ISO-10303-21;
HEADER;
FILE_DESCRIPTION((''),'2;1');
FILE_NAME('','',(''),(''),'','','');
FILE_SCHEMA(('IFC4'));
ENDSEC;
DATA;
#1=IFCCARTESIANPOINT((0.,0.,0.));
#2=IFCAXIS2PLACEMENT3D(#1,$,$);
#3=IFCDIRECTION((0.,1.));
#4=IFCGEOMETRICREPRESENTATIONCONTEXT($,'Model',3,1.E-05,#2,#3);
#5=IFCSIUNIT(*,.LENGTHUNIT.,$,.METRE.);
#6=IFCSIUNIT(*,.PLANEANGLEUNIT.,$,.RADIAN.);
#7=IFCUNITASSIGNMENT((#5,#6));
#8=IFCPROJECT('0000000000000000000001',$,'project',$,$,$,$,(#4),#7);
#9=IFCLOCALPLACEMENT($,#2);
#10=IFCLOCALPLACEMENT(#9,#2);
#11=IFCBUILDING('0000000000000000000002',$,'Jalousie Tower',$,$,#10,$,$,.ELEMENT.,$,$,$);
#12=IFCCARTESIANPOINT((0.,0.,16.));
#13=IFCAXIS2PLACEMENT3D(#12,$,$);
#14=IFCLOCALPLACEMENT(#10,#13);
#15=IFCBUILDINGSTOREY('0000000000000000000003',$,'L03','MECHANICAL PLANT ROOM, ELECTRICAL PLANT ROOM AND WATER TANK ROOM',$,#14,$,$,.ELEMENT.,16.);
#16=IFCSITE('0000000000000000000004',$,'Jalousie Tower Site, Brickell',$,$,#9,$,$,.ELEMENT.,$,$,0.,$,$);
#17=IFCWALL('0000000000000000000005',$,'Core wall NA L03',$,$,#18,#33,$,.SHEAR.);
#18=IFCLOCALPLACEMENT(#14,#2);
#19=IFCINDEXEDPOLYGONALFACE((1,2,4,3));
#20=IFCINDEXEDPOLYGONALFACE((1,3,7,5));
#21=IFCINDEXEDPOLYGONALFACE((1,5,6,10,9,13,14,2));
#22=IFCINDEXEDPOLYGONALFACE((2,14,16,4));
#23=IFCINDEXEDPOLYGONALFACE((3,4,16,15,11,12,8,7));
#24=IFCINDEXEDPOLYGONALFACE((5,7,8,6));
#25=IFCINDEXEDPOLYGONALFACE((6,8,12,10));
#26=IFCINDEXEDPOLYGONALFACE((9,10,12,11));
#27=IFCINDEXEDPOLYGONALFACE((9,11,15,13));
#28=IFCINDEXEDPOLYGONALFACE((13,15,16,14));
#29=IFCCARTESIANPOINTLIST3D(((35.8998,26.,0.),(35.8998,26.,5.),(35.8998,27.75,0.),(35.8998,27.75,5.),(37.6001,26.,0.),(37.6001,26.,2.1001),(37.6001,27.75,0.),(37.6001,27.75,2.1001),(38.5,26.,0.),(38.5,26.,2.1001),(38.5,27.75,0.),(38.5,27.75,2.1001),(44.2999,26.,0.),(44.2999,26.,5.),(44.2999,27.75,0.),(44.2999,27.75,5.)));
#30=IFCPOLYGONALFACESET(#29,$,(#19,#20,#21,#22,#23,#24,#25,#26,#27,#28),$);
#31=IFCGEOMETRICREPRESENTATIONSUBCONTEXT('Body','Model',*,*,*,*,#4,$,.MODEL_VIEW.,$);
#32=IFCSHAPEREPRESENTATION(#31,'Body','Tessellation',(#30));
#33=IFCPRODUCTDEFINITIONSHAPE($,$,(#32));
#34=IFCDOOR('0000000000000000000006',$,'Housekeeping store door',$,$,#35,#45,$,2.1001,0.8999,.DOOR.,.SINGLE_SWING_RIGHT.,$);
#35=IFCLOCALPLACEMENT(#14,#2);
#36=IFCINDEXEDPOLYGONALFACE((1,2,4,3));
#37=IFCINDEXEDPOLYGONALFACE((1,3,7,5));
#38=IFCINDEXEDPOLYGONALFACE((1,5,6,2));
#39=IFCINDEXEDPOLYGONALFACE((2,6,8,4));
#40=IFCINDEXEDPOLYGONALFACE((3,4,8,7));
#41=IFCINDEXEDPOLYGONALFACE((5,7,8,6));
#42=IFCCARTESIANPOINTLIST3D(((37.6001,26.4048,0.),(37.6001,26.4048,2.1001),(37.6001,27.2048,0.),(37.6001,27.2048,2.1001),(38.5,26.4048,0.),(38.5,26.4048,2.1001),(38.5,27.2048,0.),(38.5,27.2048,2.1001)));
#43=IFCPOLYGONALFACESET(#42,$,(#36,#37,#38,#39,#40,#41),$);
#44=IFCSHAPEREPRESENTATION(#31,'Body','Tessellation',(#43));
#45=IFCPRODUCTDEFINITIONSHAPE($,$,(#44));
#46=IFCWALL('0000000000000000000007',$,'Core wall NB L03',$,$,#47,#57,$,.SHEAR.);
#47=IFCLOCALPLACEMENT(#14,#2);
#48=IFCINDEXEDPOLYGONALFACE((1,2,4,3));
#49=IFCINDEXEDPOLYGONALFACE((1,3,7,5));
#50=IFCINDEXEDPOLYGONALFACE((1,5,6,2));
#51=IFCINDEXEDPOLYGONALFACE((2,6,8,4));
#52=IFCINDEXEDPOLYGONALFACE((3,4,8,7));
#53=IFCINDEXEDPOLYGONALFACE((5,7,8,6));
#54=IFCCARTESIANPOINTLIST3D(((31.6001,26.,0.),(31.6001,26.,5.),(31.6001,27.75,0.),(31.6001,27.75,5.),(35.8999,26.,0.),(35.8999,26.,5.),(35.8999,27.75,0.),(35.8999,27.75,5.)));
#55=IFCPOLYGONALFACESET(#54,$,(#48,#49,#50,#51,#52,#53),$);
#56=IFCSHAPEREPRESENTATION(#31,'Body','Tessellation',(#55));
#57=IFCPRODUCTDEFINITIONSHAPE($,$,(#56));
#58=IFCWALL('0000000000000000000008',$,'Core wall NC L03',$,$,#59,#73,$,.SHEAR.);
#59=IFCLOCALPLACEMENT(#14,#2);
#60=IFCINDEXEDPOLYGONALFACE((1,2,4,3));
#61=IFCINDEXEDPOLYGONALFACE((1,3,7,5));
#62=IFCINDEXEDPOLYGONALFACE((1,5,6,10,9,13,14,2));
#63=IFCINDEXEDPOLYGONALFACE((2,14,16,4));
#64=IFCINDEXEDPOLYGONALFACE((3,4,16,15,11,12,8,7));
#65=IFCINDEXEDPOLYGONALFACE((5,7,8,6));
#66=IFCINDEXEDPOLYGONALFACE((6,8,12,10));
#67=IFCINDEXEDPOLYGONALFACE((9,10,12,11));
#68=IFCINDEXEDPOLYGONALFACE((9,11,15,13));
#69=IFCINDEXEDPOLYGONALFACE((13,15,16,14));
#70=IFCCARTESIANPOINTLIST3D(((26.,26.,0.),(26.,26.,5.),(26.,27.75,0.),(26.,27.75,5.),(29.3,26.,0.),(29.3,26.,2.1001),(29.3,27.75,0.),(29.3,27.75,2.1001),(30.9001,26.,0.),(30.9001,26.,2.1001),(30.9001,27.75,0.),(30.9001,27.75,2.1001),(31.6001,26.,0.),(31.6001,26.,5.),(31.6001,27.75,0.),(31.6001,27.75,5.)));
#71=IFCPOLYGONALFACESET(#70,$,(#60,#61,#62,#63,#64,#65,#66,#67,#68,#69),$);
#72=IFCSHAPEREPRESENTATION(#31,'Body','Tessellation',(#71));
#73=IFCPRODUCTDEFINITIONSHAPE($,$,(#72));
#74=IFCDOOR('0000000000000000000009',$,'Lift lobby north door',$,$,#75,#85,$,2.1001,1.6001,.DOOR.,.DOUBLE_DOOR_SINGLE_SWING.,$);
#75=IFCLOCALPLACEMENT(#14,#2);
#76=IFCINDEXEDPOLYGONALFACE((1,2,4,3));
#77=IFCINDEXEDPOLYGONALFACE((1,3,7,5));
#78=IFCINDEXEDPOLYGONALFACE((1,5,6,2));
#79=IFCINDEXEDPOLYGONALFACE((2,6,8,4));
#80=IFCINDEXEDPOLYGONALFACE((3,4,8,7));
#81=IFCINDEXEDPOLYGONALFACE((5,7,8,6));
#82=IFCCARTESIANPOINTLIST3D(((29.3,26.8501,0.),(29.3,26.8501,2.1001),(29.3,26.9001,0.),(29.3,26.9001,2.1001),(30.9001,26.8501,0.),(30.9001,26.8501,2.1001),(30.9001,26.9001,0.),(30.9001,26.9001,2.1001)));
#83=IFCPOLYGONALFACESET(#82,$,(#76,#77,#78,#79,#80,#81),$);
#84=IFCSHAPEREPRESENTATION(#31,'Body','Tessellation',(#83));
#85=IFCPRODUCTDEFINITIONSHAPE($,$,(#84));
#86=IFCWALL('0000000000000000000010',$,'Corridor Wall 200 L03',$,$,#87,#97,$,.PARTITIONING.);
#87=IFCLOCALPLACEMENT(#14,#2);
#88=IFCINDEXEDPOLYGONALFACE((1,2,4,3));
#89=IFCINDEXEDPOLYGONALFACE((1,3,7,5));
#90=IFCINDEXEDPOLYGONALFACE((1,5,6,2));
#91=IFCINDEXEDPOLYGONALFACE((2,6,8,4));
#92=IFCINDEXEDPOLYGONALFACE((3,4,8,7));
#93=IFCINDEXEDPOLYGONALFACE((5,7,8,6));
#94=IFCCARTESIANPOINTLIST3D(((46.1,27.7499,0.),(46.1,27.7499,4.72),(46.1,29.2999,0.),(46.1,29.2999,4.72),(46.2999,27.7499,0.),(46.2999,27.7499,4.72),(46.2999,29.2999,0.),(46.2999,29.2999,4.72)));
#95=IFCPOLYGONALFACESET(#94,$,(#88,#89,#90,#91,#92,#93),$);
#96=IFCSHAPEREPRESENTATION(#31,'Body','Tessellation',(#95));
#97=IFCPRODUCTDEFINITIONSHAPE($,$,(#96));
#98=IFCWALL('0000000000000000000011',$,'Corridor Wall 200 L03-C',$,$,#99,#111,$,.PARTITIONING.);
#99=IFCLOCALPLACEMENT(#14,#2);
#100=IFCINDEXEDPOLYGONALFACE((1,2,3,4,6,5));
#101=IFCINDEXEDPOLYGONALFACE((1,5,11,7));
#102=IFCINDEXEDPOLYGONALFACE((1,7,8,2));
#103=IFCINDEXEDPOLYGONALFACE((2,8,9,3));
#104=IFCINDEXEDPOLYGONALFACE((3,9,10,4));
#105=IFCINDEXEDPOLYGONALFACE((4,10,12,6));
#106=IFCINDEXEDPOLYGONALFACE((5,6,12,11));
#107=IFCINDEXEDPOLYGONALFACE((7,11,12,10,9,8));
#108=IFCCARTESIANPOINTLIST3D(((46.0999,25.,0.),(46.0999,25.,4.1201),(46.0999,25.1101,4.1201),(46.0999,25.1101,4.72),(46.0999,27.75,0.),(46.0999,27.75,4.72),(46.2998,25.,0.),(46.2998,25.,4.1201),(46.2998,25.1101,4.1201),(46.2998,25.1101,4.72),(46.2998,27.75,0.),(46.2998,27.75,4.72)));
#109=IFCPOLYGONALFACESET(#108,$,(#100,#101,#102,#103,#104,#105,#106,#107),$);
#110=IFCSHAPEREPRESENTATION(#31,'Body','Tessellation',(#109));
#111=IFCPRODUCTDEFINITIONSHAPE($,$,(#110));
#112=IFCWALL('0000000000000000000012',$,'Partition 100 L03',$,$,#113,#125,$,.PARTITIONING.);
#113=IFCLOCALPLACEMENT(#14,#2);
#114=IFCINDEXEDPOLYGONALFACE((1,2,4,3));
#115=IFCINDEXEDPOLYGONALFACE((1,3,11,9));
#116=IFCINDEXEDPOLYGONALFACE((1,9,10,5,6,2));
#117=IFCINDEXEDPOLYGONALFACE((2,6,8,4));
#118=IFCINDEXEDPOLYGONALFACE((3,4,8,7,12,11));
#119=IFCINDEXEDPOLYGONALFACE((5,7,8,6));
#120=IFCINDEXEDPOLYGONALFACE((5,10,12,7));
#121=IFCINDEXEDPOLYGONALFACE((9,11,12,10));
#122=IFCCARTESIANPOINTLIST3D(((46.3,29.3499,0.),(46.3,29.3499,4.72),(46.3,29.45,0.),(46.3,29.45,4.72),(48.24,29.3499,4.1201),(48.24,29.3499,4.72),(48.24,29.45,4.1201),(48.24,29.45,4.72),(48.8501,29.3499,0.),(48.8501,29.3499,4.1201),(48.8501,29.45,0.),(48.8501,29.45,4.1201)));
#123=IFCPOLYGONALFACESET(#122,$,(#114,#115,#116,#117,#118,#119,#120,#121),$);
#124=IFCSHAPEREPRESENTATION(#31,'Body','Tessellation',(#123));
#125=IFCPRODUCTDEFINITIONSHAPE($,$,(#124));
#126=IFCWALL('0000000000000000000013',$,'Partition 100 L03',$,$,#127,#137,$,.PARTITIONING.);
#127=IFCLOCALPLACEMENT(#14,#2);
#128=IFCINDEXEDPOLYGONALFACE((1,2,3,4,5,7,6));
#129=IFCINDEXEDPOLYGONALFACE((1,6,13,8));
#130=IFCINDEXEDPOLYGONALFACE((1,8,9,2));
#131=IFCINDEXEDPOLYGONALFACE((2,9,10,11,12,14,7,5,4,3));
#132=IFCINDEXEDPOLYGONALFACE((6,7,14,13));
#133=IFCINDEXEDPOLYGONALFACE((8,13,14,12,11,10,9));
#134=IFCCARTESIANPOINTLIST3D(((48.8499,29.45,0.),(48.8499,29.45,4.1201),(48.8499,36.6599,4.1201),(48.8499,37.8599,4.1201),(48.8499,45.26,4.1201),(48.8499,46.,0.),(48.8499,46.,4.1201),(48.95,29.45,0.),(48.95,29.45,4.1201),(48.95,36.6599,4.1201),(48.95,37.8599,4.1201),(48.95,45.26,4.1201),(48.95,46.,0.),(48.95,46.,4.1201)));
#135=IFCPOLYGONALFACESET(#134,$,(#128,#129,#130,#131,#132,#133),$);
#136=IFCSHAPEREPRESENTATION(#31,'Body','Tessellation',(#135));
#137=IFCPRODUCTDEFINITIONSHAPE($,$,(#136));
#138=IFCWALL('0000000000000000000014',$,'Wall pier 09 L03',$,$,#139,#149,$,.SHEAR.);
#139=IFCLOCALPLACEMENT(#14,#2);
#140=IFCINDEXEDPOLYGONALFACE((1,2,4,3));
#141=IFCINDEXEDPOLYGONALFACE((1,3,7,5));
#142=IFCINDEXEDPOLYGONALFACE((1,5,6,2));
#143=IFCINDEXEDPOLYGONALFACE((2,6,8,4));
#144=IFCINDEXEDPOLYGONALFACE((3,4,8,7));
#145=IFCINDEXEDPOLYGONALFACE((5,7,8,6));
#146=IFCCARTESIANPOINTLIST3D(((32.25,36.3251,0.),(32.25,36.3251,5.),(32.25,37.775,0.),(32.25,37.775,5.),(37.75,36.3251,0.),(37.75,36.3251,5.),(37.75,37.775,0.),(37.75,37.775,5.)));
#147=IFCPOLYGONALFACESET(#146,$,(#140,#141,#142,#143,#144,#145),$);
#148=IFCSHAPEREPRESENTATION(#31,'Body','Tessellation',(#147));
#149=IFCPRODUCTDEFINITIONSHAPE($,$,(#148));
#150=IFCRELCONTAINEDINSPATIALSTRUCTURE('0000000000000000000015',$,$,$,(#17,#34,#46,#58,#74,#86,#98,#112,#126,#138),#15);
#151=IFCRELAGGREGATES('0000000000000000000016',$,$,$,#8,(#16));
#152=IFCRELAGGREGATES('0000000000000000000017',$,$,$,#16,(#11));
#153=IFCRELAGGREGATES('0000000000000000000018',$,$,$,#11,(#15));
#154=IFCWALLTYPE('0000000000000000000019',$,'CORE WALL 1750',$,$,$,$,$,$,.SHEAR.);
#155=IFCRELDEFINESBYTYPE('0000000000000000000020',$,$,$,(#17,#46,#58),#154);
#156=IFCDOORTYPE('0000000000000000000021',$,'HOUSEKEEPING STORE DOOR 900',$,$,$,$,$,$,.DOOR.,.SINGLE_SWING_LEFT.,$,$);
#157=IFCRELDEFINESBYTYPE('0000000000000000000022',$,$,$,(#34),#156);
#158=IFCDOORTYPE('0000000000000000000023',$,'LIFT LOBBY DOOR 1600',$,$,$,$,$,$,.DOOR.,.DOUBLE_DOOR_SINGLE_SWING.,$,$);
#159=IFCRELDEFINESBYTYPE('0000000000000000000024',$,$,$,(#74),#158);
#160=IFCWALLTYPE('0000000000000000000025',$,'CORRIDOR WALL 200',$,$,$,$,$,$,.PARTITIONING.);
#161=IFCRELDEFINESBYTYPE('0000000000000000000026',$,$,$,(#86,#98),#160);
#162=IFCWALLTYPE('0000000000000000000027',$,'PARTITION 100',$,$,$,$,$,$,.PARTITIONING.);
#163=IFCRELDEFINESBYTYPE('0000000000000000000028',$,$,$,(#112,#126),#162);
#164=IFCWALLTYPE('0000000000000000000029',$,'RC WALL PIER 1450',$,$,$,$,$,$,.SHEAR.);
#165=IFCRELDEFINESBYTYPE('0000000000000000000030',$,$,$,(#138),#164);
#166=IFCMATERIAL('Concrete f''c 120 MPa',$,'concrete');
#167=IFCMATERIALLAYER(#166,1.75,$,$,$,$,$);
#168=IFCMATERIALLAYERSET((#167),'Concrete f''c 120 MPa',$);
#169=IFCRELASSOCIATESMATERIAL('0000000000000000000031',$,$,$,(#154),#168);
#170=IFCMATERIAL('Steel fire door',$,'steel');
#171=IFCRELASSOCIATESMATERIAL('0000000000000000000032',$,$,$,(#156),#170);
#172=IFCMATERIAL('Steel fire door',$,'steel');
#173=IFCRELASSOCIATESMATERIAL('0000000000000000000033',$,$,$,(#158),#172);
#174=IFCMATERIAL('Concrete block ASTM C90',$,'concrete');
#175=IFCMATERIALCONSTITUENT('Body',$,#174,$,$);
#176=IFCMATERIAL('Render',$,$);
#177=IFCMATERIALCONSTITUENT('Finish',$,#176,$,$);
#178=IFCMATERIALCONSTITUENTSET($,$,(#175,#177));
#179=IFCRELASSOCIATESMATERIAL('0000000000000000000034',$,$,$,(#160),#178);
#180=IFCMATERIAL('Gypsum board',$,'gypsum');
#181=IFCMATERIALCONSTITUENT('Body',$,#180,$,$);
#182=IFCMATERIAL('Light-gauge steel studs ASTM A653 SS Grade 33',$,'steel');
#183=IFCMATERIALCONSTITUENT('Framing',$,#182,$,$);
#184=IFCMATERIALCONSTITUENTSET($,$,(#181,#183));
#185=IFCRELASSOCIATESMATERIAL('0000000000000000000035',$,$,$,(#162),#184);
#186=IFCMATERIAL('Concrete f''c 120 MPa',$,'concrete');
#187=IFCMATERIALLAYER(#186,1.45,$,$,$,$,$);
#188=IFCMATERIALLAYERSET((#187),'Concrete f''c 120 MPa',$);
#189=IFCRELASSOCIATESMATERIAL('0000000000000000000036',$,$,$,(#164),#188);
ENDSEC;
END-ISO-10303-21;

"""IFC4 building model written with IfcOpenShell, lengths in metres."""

from ifc_helpers import new_model, si_unit, direction, frame, frame_2d, origin, place, context, subcontext, project, spatial, polyline, rectangle, outline, extrude, material, layer, layer_set, constituent, constituent_set, type_object, element, fill, save


model = new_model("IFC4")

# Units and contexts
model_context = context("Model", 3, precision=1e-05, world=origin(), true_north=direction((0.0, 1.0)))
body_context = subcontext(model_context, "Body", "Model", "MODEL_VIEW")
ifc_project = project(units=[si_unit("LENGTHUNIT", "METRE"), si_unit("PLANEANGLEUNIT", "RADIAN")], contexts=[model_context])

# Site, building, storey
site_placement = place(None, origin())
site = spatial("IfcSite", under=ifc_project, at=site_placement, Name="Jalousie Tower Site, Brickell", CompositionType="ELEMENT", RefElevation=0.0)
building_placement = place(site_placement, origin())
building = spatial("IfcBuilding", under=site, at=building_placement, Name="Jalousie Tower", CompositionType="ELEMENT")
storey_placement = place(building_placement, frame((0.0, 0.0, 16.0)))
storey = spatial("IfcBuildingStorey", under=building, at=storey_placement, Name="L03", Description="MECHANICAL PLANT ROOM, ELECTRICAL PLANT ROOM AND WATER TANK ROOM", CompositionType="ELEMENT", Elevation=16.0)

# Wall, opening, door
ifc_material_1 = material(Name="Concrete f'c 120 MPa", Category="concrete")
ifc_layer_1 = layer(ifc_material_1, 1.75)
ifc_layer_set_1 = layer_set([ifc_layer_1], Name="Concrete f'c 120 MPa")
wall_type_1 = type_object("IfcWallType", Name="CORE WALL 1750", PredefinedType="SHEAR", material=ifc_layer_set_1)
wall_1_placement = place(storey_placement, frame((44.3, 26.875, 0.0), z_axis=(0.0, 0.0, 1.0), x_axis=(-1.0, 0.0, 0.0)))
wall_1 = element("IfcWall", 1, at=wall_1_placement, inside=storey, type_object=wall_type_1, Name="Core wall NA L03", PredefinedType="SHEAR", context=body_context, shape_type="SweptSolid", body=[
    extrude(rectangle(XDim=8.4001, YDim=1.75, at=frame_2d((4.2002, 0.0))), origin(), (0.0, 0.0, 1.0), 5.0),
])
opening_1_placement = place(wall_1_placement, frame((5.8, 0.0, 0.0)))
opening_1 = element("IfcOpeningElement", 2, at=opening_1_placement, cuts=wall_1, PredefinedType="OPENING", context=body_context, shape_type="SweptSolid", body=[
    extrude(rectangle(XDim=0.8999, YDim=2.1001, at=frame_2d((0.45, 1.05))), frame((0.0, 0.885, 0.0), z_axis=(0.0, -1.0, 0.0), x_axis=(1.0, 0.0, 0.0)), (0.0, 0.0, 1.0), 1.77),
])
ifc_material_2 = material(Name="Steel fire door", Category="steel")
door_type_1 = type_object("IfcDoorType", Name="HOUSEKEEPING STORE DOOR 900", OperationType="SINGLE_SWING_LEFT", PredefinedType="DOOR", material=ifc_material_2)
door_1_placement = place(opening_1_placement, origin())
door_1 = element("IfcDoor", 3, at=door_1_placement, inside=storey, type_object=door_type_1, Name="Housekeeping store door", OperationType="SINGLE_SWING_RIGHT", OverallHeight=2.1001, OverallWidth=0.8999, PredefinedType="DOOR", context=body_context, shape_type="SweptSolid", body=[
    extrude(rectangle(XDim=0.8999, YDim=2.1001, at=frame_2d((0.45, 1.05))), frame((0.0, 0.4702, 0.0), z_axis=(0.0, -1.0, 0.0), x_axis=(1.0, 0.0, 0.0)), (0.0, 0.0, 1.0), 0.8),
])
fill(opening_1, door_1)

# Wall
wall_2_placement = place(storey_placement, frame((35.8999, 26.875, 0.0), z_axis=(0.0, 0.0, 1.0), x_axis=(-1.0, 0.0, 0.0)))
element("IfcWall", 4, at=wall_2_placement, inside=storey, type_object=wall_type_1, Name="Core wall NB L03", PredefinedType="SHEAR", context=body_context, shape_type="SweptSolid", body=[
    extrude(rectangle(XDim=4.2998, YDim=1.75, at=frame_2d((2.1499, 0.0))), origin(), (0.0, 0.0, 1.0), 5.0),
])

# Wall, opening, door
wall_3_placement = place(storey_placement, frame((31.6001, 26.875, 0.0), z_axis=(0.0, 0.0, 1.0), x_axis=(-1.0, 0.0, 0.0)))
wall_3 = element("IfcWall", 5, at=wall_3_placement, inside=storey, type_object=wall_type_1, Name="Core wall NC L03", PredefinedType="SHEAR", context=body_context, shape_type="SweptSolid", body=[
    extrude(rectangle(XDim=5.6001, YDim=1.75, at=frame_2d((2.8, 0.0))), origin(), (0.0, 0.0, 1.0), 5.0),
])
opening_2_placement = place(wall_3_placement, frame((0.7, 0.0, 0.0)))
opening_2 = element("IfcOpeningElement", 6, at=opening_2_placement, cuts=wall_3, PredefinedType="OPENING", context=body_context, shape_type="SweptSolid", body=[
    extrude(rectangle(XDim=1.6001, YDim=2.1001, at=frame_2d((0.8, 1.05))), frame((0.0, 0.885, 0.0), z_axis=(0.0, -1.0, 0.0), x_axis=(1.0, 0.0, 0.0)), (0.0, 0.0, 1.0), 1.77),
])
ifc_material_3 = material(Name="Steel fire door", Category="steel")
door_type_2 = type_object("IfcDoorType", Name="LIFT LOBBY DOOR 1600", OperationType="DOUBLE_DOOR_SINGLE_SWING", PredefinedType="DOOR", material=ifc_material_3)
door_2_placement = place(opening_2_placement, origin())
door_2 = element("IfcDoor", 7, at=door_2_placement, inside=storey, type_object=door_type_2, Name="Lift lobby north door", OperationType="DOUBLE_DOOR_SINGLE_SWING", OverallHeight=2.1001, OverallWidth=1.6001, PredefinedType="DOOR", context=body_context, shape_type="SweptSolid", body=[
    extrude(rectangle(XDim=1.6001, YDim=2.1001, at=frame_2d((0.8, 1.05))), frame((0.0, 0.0249, 0.0), z_axis=(0.0, -1.0, 0.0), x_axis=(1.0, 0.0, 0.0)), (0.0, 0.0, 1.0), 0.05),
])
fill(opening_2, door_2)

# Walls
ifc_material_4 = material(Name="Concrete block ASTM C90", Category="concrete")
ifc_constituent_1 = constituent(ifc_material_4, Name="Body")
ifc_material_5 = material(Name="Render")
ifc_constituent_2 = constituent(ifc_material_5, Name="Finish")
ifc_constituent_set_1 = constituent_set(constituents=[ifc_constituent_1, ifc_constituent_2])
wall_type_2 = type_object("IfcWallType", Name="CORRIDOR WALL 200", PredefinedType="PARTITIONING", material=ifc_constituent_set_1)
wall_4_placement = place(storey_placement, frame((46.2, 27.75, 0.0), z_axis=(0.0, 0.0, 1.0), x_axis=(0.0, 1.0, 0.0)))
element("IfcWall", 8, at=wall_4_placement, inside=storey, type_object=wall_type_2, Name="Corridor Wall 200 L03", PredefinedType="PARTITIONING", context=body_context, shape_type="SweptSolid", body=[
    extrude(rectangle(XDim=1.55, YDim=0.2, at=frame_2d((0.7749, 0.0))), origin(), (0.0, 0.0, 1.0), 4.72),
])
wall_5_placement = place(storey_placement, frame((46.2, 25.0, 0.0), z_axis=(0.0, 0.0, 1.0), x_axis=(0.0, 1.0, 0.0)))
element("IfcWall", 9, at=wall_5_placement, inside=storey, type_object=wall_type_2, Name="Corridor Wall 200 L03-C", PredefinedType="PARTITIONING", context=body_context, shape_type="SweptSolid", body=[
    extrude(outline(polyline([(0.0, 0.0), (2.75, 0.0), (2.75, 4.72), (0.1101, 4.72), (0.1101, 4.1201), (0.0, 4.1201), (0.0, 0.0)])), frame((0.0, 0.1001, 0.0), z_axis=(0.0, -1.0, 0.0), x_axis=(1.0, 0.0, 0.0)), (0.0, 0.0, 1.0), 0.2),
])
ifc_material_6 = material(Name="Gypsum board", Category="gypsum")
ifc_constituent_3 = constituent(ifc_material_6, Name="Body")
ifc_material_7 = material(Name="Light-gauge steel studs ASTM A653 SS Grade 33", Category="steel")
ifc_constituent_4 = constituent(ifc_material_7, Name="Framing")
ifc_constituent_set_2 = constituent_set(constituents=[ifc_constituent_3, ifc_constituent_4])
wall_type_3 = type_object("IfcWallType", Name="PARTITION 100", PredefinedType="PARTITIONING", material=ifc_constituent_set_2)
wall_6_placement = place(storey_placement, frame((46.3, 29.3999, 0.0), z_axis=(0.0, 0.0, 1.0), x_axis=(1.0, 0.0, 0.0)))
element("IfcWall", 10, at=wall_6_placement, inside=storey, type_object=wall_type_3, Name="Partition 100 L03", PredefinedType="PARTITIONING", context=body_context, shape_type="SweptSolid", body=[
    extrude(outline(polyline([(0.0, 0.0), (2.55, 0.0), (2.55, 4.72), (2.55, 4.1201), (1.9399, 4.1201), (1.9399, 4.72), (0.0, 4.72), (0.0, 0.0)])), frame((0.0, 0.05, 0.0), z_axis=(0.0, -1.0, 0.0), x_axis=(1.0, 0.0, 0.0)), (0.0, 0.0, 1.0), 0.1001),
])
wall_7_placement = place(storey_placement, frame((48.8999, 29.45, 0.0), z_axis=(0.0, 0.0, 1.0), x_axis=(0.0, 1.0, 0.0)))
element("IfcWall", 11, at=wall_7_placement, inside=storey, type_object=wall_type_3, Name="Partition 100 L03", PredefinedType="PARTITIONING", context=body_context, shape_type="SweptSolid", body=[
    extrude(outline(polyline([(0.0, 0.0), (16.55, 0.0), (16.55, 4.72), (16.55, 4.1201), (15.8101, 4.1201), (8.4099, 4.1201), (7.21, 4.1201), (0.0, 4.1201), (0.0, 4.72), (0.0, 0.0)])), frame((0.0, 0.05, 0.0), z_axis=(0.0, -1.0, 0.0), x_axis=(1.0, 0.0, 0.0)), (0.0, 0.0, 1.0), 0.1001),
])
ifc_material_8 = material(Name="Concrete f'c 120 MPa", Category="concrete")
ifc_layer_2 = layer(ifc_material_8, 1.45)
ifc_layer_set_2 = layer_set([ifc_layer_2], Name="Concrete f'c 120 MPa")
wall_type_4 = type_object("IfcWallType", Name="RC WALL PIER 1450", PredefinedType="SHEAR", material=ifc_layer_set_2)
wall_8_placement = place(storey_placement, frame((32.25, 37.05, 0.0), z_axis=(0.0, 0.0, 1.0), x_axis=(1.0, 0.0, 0.0)))
element("IfcWall", 12, at=wall_8_placement, inside=storey, type_object=wall_type_4, Name="Wall pier 09 L03", PredefinedType="SHEAR", context=body_context, shape_type="SweptSolid", body=[
    extrude(rectangle(XDim=5.5, YDim=1.45, at=frame_2d((2.75, 0.0))), origin(), (0.0, 0.0, 1.0), 5.0),
])

save(model, "model.ifc")
